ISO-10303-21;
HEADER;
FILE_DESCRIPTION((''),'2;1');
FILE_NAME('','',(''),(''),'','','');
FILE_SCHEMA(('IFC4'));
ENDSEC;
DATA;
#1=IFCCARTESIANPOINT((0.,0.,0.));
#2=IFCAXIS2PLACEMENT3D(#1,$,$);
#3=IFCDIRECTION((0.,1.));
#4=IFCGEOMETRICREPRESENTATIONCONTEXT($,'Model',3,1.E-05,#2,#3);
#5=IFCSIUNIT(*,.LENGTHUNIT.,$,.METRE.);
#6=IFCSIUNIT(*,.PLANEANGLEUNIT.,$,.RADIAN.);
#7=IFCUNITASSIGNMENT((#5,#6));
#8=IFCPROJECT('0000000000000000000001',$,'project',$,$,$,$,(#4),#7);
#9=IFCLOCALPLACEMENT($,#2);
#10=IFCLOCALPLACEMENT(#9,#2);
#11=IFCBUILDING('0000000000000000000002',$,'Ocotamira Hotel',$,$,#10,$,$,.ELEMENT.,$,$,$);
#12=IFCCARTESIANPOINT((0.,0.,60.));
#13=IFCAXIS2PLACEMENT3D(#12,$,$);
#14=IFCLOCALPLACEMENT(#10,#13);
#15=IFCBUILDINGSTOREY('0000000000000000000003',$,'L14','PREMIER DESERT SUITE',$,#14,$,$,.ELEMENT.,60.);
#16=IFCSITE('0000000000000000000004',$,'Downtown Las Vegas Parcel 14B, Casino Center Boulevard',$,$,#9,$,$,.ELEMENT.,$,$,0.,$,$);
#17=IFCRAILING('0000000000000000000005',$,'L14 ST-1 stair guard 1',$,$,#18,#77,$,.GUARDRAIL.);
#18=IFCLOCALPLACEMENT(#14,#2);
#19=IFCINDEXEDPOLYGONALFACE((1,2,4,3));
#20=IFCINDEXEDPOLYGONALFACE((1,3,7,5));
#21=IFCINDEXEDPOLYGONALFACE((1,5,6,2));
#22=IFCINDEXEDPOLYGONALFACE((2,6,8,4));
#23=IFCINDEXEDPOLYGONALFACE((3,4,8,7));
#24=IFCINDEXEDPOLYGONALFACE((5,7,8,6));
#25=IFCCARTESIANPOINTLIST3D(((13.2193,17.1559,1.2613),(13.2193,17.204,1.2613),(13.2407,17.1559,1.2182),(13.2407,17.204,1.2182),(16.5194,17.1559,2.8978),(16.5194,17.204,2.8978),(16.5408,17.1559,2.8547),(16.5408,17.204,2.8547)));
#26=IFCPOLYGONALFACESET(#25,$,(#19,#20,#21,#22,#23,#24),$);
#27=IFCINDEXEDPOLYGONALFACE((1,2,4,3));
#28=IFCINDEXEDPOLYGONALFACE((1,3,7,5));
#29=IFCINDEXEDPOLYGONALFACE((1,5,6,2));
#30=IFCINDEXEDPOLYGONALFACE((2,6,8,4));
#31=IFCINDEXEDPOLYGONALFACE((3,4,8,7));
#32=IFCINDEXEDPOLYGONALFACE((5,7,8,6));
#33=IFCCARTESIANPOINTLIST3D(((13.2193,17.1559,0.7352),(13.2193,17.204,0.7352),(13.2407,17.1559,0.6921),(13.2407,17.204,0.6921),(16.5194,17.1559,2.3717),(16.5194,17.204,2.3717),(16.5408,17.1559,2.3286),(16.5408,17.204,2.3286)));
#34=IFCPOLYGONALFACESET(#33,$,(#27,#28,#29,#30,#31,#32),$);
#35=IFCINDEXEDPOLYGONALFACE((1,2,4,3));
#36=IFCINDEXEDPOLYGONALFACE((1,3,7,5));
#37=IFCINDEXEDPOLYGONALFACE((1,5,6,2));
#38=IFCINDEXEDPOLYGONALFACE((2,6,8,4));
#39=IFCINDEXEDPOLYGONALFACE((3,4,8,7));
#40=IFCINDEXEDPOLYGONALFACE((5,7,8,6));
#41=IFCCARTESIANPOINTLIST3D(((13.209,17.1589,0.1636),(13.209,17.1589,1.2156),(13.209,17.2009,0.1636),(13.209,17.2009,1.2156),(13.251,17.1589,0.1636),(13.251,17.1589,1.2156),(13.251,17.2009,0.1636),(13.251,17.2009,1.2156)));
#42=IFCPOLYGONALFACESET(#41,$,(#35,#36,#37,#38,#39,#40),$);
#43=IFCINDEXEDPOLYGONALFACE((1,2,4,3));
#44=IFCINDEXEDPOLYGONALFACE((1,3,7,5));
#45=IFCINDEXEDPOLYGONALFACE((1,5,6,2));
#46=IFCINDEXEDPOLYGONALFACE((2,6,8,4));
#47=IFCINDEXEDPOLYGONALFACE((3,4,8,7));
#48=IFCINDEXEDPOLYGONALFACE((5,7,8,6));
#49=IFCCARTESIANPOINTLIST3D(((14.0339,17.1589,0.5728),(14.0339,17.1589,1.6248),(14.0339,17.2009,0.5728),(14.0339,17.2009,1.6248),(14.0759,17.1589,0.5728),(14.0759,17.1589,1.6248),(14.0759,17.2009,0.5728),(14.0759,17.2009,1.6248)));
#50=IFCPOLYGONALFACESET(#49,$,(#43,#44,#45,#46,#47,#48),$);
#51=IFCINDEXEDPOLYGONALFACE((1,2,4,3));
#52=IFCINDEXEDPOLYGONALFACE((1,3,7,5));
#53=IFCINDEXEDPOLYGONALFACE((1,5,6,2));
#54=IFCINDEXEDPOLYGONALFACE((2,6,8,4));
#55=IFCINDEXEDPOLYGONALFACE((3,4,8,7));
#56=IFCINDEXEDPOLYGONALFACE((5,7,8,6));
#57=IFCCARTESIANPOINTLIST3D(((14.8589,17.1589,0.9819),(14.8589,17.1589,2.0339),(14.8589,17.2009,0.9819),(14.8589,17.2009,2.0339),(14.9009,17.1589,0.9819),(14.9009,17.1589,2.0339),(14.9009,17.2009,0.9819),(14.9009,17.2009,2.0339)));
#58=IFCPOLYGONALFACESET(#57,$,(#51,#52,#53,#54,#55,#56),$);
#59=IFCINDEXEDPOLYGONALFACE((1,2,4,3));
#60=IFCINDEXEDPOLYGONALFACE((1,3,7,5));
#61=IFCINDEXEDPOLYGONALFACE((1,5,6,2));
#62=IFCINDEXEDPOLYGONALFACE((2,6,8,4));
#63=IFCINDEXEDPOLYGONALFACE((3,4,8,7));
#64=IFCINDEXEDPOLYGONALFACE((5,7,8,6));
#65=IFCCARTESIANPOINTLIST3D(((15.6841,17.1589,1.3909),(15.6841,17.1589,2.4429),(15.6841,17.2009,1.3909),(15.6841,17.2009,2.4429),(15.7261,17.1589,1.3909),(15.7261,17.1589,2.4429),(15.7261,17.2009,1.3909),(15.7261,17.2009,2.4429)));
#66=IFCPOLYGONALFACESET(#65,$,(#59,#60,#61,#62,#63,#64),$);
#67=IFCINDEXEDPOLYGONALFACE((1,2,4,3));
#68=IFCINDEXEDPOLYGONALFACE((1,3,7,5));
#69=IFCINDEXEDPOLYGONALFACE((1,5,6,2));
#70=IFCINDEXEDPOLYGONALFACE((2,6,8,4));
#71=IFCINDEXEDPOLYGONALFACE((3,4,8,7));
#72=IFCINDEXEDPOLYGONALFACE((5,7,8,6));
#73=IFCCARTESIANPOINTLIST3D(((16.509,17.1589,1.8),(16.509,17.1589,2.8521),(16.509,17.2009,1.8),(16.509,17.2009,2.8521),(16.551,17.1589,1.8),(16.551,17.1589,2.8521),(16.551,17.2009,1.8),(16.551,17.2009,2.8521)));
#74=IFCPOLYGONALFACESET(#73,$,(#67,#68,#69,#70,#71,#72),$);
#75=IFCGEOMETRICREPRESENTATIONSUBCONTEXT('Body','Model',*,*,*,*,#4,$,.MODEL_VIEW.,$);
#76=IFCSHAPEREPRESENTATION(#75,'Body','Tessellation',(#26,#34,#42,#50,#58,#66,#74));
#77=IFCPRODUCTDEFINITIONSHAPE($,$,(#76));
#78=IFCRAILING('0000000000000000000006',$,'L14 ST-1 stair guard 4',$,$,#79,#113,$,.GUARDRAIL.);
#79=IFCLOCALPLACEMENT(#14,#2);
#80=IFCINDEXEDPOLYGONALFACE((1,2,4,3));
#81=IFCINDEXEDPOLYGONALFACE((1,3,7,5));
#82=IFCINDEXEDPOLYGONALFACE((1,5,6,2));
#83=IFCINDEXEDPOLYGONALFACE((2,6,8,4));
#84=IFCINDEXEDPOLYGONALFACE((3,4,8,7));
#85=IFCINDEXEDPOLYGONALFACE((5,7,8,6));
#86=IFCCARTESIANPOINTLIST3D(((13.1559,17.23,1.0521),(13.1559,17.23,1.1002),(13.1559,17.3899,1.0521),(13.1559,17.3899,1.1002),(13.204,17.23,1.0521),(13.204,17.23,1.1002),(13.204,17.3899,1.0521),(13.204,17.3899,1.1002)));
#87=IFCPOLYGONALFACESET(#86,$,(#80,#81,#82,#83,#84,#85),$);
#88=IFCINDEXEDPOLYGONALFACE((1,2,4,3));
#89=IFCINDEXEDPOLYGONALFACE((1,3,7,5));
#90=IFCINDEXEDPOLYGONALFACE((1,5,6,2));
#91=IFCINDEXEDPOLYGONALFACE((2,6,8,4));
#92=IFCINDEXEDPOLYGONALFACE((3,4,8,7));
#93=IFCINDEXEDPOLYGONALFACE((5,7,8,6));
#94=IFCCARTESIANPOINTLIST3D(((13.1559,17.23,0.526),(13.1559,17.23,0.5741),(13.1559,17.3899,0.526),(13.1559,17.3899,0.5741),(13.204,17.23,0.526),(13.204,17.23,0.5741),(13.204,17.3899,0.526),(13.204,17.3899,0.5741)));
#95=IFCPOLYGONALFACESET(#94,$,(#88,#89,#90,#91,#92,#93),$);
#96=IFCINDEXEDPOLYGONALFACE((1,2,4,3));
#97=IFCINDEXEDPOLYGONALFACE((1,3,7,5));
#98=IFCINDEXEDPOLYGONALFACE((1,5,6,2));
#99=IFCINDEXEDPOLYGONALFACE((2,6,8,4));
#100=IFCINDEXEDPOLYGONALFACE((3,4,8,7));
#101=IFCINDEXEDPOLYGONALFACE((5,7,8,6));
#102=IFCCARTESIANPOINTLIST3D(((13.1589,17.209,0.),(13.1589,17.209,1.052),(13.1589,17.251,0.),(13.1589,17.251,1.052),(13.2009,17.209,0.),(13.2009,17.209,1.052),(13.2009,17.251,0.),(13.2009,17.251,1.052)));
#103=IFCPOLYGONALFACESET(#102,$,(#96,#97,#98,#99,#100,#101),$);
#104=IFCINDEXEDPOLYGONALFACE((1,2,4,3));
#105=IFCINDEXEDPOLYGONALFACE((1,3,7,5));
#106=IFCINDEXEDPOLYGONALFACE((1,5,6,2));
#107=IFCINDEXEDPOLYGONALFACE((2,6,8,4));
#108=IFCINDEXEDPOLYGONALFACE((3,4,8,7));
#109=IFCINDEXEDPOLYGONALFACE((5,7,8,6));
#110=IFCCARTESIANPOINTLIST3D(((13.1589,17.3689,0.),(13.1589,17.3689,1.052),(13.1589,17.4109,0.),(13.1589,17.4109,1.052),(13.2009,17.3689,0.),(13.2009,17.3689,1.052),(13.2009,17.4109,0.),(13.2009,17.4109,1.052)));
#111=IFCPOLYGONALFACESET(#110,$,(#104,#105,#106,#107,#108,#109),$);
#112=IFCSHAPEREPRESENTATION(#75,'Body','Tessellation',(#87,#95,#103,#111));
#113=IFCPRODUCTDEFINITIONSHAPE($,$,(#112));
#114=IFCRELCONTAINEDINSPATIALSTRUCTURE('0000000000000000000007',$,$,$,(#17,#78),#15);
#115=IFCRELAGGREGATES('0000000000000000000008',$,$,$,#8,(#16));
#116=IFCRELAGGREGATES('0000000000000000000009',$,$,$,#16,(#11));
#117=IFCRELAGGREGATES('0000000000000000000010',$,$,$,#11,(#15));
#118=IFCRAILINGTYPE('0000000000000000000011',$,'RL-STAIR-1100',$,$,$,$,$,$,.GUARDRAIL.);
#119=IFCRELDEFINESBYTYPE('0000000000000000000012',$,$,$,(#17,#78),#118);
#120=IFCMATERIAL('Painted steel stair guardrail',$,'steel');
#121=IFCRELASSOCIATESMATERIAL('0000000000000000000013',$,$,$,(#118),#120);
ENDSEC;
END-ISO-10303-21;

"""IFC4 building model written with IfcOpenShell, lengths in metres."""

from ifc_helpers import new_model, si_unit, direction, frame, origin, origin_2d, place, context, subcontext, project, spatial, rectangle, extrude, material, type_object, element, save


model = new_model("IFC4")

# Units and contexts
model_context = context("Model", 3, precision=1e-05, world=origin(), true_north=direction((0.0, 1.0)))
body_context = subcontext(model_context, "Body", "Model", "MODEL_VIEW")
ifc_project = project(units=[si_unit("LENGTHUNIT", "METRE"), si_unit("PLANEANGLEUNIT", "RADIAN")], contexts=[model_context])

# Site, building, storey
site_placement = place(None, origin())
site = spatial("IfcSite", under=ifc_project, at=site_placement, Name="Downtown Las Vegas Parcel 14B, Casino Center Boulevard", CompositionType="ELEMENT", RefElevation=0.0)
building_placement = place(site_placement, origin())
building = spatial("IfcBuilding", under=site, at=building_placement, Name="Ocotamira Hotel", CompositionType="ELEMENT")
storey_placement = place(building_placement, frame((0.0, 0.0, 60.0)))
storey = spatial("IfcBuildingStorey", under=building, at=storey_placement, Name="L14", Description="PREMIER DESERT SUITE", CompositionType="ELEMENT", Elevation=60.0)

# Railings
ifc_material_1 = material(Name="Painted steel stair guardrail", Category="steel")
railing_type_1 = type_object("IfcRailingType", Name="RL-STAIR-1100", PredefinedType="GUARDRAIL", material=ifc_material_1)
railing_1_placement = place(storey_placement, frame((13.23, 17.1799, 0.1636)))
element("IfcRailing", 1, at=railing_1_placement, inside=storey, type_object=railing_type_1, Name="L14 ST-1 stair guard 1", PredefinedType="GUARDRAIL", context=body_context, shape_type="SweptSolid", body=[
    extrude(rectangle(XDim=0.0481, YDim=0.0481, at=origin_2d()), frame((0.0, 0.0, 1.0762), z_axis=(0.895894, 0.0, 0.444268), x_axis=(0.0, 1.0, 0.0)), (0.0, 0.0, 1.0), 3.6836),
    extrude(rectangle(XDim=0.0481, YDim=0.0481, at=origin_2d()), frame((0.0, 0.0, 0.55), z_axis=(0.895894, 0.0, 0.444268), x_axis=(0.0, 1.0, 0.0)), (0.0, 0.0, 1.0), 3.6836),
    extrude(rectangle(XDim=0.042, YDim=0.042, at=origin_2d()), origin(), (0.0, 0.0, 1.0), 1.052),
    extrude(rectangle(XDim=0.042, YDim=0.042, at=origin_2d()), frame((0.825, 0.0, 0.4092)), (0.0, 0.0, 1.0), 1.052),
    extrude(rectangle(XDim=0.042, YDim=0.042, at=origin_2d()), frame((1.6499, 0.0, 0.8184)), (0.0, 0.0, 1.0), 1.052),
    extrude(rectangle(XDim=0.042, YDim=0.042, at=origin_2d()), frame((2.4751, 0.0, 1.2273)), (0.0, 0.0, 1.0), 1.052),
    extrude(rectangle(XDim=0.042, YDim=0.042, at=origin_2d()), frame((3.3, 0.0, 1.6365)), (0.0, 0.0, 1.0), 1.052),
])
railing_2_placement = place(storey_placement, frame((13.1799, 17.23, 0.0)))
element("IfcRailing", 2, at=railing_2_placement, inside=storey, type_object=railing_type_1, Name="L14 ST-1 stair guard 4", PredefinedType="GUARDRAIL", context=body_context, shape_type="SweptSolid", body=[
    extrude(rectangle(XDim=0.0481, YDim=0.0481, at=origin_2d()), frame((0.0, 0.0, 1.0762), z_axis=(0.0, 1.0, 0.0), x_axis=(-1.0, 0.0, 0.0)), (0.0, 0.0, 1.0), 0.1599),
    extrude(rectangle(XDim=0.0481, YDim=0.0481, at=origin_2d()), frame((0.0, 0.0, 0.55), z_axis=(0.0, 1.0, 0.0), x_axis=(-1.0, 0.0, 0.0)), (0.0, 0.0, 1.0), 0.1599),
    extrude(rectangle(XDim=0.042, YDim=0.042, at=origin_2d()), origin(), (0.0, 0.0, 1.0), 1.052),
    extrude(rectangle(XDim=0.042, YDim=0.042, at=origin_2d()), frame((0.0, 0.1599, 0.0)), (0.0, 0.0, 1.0), 1.052),
])

save(model, "model.ifc")
